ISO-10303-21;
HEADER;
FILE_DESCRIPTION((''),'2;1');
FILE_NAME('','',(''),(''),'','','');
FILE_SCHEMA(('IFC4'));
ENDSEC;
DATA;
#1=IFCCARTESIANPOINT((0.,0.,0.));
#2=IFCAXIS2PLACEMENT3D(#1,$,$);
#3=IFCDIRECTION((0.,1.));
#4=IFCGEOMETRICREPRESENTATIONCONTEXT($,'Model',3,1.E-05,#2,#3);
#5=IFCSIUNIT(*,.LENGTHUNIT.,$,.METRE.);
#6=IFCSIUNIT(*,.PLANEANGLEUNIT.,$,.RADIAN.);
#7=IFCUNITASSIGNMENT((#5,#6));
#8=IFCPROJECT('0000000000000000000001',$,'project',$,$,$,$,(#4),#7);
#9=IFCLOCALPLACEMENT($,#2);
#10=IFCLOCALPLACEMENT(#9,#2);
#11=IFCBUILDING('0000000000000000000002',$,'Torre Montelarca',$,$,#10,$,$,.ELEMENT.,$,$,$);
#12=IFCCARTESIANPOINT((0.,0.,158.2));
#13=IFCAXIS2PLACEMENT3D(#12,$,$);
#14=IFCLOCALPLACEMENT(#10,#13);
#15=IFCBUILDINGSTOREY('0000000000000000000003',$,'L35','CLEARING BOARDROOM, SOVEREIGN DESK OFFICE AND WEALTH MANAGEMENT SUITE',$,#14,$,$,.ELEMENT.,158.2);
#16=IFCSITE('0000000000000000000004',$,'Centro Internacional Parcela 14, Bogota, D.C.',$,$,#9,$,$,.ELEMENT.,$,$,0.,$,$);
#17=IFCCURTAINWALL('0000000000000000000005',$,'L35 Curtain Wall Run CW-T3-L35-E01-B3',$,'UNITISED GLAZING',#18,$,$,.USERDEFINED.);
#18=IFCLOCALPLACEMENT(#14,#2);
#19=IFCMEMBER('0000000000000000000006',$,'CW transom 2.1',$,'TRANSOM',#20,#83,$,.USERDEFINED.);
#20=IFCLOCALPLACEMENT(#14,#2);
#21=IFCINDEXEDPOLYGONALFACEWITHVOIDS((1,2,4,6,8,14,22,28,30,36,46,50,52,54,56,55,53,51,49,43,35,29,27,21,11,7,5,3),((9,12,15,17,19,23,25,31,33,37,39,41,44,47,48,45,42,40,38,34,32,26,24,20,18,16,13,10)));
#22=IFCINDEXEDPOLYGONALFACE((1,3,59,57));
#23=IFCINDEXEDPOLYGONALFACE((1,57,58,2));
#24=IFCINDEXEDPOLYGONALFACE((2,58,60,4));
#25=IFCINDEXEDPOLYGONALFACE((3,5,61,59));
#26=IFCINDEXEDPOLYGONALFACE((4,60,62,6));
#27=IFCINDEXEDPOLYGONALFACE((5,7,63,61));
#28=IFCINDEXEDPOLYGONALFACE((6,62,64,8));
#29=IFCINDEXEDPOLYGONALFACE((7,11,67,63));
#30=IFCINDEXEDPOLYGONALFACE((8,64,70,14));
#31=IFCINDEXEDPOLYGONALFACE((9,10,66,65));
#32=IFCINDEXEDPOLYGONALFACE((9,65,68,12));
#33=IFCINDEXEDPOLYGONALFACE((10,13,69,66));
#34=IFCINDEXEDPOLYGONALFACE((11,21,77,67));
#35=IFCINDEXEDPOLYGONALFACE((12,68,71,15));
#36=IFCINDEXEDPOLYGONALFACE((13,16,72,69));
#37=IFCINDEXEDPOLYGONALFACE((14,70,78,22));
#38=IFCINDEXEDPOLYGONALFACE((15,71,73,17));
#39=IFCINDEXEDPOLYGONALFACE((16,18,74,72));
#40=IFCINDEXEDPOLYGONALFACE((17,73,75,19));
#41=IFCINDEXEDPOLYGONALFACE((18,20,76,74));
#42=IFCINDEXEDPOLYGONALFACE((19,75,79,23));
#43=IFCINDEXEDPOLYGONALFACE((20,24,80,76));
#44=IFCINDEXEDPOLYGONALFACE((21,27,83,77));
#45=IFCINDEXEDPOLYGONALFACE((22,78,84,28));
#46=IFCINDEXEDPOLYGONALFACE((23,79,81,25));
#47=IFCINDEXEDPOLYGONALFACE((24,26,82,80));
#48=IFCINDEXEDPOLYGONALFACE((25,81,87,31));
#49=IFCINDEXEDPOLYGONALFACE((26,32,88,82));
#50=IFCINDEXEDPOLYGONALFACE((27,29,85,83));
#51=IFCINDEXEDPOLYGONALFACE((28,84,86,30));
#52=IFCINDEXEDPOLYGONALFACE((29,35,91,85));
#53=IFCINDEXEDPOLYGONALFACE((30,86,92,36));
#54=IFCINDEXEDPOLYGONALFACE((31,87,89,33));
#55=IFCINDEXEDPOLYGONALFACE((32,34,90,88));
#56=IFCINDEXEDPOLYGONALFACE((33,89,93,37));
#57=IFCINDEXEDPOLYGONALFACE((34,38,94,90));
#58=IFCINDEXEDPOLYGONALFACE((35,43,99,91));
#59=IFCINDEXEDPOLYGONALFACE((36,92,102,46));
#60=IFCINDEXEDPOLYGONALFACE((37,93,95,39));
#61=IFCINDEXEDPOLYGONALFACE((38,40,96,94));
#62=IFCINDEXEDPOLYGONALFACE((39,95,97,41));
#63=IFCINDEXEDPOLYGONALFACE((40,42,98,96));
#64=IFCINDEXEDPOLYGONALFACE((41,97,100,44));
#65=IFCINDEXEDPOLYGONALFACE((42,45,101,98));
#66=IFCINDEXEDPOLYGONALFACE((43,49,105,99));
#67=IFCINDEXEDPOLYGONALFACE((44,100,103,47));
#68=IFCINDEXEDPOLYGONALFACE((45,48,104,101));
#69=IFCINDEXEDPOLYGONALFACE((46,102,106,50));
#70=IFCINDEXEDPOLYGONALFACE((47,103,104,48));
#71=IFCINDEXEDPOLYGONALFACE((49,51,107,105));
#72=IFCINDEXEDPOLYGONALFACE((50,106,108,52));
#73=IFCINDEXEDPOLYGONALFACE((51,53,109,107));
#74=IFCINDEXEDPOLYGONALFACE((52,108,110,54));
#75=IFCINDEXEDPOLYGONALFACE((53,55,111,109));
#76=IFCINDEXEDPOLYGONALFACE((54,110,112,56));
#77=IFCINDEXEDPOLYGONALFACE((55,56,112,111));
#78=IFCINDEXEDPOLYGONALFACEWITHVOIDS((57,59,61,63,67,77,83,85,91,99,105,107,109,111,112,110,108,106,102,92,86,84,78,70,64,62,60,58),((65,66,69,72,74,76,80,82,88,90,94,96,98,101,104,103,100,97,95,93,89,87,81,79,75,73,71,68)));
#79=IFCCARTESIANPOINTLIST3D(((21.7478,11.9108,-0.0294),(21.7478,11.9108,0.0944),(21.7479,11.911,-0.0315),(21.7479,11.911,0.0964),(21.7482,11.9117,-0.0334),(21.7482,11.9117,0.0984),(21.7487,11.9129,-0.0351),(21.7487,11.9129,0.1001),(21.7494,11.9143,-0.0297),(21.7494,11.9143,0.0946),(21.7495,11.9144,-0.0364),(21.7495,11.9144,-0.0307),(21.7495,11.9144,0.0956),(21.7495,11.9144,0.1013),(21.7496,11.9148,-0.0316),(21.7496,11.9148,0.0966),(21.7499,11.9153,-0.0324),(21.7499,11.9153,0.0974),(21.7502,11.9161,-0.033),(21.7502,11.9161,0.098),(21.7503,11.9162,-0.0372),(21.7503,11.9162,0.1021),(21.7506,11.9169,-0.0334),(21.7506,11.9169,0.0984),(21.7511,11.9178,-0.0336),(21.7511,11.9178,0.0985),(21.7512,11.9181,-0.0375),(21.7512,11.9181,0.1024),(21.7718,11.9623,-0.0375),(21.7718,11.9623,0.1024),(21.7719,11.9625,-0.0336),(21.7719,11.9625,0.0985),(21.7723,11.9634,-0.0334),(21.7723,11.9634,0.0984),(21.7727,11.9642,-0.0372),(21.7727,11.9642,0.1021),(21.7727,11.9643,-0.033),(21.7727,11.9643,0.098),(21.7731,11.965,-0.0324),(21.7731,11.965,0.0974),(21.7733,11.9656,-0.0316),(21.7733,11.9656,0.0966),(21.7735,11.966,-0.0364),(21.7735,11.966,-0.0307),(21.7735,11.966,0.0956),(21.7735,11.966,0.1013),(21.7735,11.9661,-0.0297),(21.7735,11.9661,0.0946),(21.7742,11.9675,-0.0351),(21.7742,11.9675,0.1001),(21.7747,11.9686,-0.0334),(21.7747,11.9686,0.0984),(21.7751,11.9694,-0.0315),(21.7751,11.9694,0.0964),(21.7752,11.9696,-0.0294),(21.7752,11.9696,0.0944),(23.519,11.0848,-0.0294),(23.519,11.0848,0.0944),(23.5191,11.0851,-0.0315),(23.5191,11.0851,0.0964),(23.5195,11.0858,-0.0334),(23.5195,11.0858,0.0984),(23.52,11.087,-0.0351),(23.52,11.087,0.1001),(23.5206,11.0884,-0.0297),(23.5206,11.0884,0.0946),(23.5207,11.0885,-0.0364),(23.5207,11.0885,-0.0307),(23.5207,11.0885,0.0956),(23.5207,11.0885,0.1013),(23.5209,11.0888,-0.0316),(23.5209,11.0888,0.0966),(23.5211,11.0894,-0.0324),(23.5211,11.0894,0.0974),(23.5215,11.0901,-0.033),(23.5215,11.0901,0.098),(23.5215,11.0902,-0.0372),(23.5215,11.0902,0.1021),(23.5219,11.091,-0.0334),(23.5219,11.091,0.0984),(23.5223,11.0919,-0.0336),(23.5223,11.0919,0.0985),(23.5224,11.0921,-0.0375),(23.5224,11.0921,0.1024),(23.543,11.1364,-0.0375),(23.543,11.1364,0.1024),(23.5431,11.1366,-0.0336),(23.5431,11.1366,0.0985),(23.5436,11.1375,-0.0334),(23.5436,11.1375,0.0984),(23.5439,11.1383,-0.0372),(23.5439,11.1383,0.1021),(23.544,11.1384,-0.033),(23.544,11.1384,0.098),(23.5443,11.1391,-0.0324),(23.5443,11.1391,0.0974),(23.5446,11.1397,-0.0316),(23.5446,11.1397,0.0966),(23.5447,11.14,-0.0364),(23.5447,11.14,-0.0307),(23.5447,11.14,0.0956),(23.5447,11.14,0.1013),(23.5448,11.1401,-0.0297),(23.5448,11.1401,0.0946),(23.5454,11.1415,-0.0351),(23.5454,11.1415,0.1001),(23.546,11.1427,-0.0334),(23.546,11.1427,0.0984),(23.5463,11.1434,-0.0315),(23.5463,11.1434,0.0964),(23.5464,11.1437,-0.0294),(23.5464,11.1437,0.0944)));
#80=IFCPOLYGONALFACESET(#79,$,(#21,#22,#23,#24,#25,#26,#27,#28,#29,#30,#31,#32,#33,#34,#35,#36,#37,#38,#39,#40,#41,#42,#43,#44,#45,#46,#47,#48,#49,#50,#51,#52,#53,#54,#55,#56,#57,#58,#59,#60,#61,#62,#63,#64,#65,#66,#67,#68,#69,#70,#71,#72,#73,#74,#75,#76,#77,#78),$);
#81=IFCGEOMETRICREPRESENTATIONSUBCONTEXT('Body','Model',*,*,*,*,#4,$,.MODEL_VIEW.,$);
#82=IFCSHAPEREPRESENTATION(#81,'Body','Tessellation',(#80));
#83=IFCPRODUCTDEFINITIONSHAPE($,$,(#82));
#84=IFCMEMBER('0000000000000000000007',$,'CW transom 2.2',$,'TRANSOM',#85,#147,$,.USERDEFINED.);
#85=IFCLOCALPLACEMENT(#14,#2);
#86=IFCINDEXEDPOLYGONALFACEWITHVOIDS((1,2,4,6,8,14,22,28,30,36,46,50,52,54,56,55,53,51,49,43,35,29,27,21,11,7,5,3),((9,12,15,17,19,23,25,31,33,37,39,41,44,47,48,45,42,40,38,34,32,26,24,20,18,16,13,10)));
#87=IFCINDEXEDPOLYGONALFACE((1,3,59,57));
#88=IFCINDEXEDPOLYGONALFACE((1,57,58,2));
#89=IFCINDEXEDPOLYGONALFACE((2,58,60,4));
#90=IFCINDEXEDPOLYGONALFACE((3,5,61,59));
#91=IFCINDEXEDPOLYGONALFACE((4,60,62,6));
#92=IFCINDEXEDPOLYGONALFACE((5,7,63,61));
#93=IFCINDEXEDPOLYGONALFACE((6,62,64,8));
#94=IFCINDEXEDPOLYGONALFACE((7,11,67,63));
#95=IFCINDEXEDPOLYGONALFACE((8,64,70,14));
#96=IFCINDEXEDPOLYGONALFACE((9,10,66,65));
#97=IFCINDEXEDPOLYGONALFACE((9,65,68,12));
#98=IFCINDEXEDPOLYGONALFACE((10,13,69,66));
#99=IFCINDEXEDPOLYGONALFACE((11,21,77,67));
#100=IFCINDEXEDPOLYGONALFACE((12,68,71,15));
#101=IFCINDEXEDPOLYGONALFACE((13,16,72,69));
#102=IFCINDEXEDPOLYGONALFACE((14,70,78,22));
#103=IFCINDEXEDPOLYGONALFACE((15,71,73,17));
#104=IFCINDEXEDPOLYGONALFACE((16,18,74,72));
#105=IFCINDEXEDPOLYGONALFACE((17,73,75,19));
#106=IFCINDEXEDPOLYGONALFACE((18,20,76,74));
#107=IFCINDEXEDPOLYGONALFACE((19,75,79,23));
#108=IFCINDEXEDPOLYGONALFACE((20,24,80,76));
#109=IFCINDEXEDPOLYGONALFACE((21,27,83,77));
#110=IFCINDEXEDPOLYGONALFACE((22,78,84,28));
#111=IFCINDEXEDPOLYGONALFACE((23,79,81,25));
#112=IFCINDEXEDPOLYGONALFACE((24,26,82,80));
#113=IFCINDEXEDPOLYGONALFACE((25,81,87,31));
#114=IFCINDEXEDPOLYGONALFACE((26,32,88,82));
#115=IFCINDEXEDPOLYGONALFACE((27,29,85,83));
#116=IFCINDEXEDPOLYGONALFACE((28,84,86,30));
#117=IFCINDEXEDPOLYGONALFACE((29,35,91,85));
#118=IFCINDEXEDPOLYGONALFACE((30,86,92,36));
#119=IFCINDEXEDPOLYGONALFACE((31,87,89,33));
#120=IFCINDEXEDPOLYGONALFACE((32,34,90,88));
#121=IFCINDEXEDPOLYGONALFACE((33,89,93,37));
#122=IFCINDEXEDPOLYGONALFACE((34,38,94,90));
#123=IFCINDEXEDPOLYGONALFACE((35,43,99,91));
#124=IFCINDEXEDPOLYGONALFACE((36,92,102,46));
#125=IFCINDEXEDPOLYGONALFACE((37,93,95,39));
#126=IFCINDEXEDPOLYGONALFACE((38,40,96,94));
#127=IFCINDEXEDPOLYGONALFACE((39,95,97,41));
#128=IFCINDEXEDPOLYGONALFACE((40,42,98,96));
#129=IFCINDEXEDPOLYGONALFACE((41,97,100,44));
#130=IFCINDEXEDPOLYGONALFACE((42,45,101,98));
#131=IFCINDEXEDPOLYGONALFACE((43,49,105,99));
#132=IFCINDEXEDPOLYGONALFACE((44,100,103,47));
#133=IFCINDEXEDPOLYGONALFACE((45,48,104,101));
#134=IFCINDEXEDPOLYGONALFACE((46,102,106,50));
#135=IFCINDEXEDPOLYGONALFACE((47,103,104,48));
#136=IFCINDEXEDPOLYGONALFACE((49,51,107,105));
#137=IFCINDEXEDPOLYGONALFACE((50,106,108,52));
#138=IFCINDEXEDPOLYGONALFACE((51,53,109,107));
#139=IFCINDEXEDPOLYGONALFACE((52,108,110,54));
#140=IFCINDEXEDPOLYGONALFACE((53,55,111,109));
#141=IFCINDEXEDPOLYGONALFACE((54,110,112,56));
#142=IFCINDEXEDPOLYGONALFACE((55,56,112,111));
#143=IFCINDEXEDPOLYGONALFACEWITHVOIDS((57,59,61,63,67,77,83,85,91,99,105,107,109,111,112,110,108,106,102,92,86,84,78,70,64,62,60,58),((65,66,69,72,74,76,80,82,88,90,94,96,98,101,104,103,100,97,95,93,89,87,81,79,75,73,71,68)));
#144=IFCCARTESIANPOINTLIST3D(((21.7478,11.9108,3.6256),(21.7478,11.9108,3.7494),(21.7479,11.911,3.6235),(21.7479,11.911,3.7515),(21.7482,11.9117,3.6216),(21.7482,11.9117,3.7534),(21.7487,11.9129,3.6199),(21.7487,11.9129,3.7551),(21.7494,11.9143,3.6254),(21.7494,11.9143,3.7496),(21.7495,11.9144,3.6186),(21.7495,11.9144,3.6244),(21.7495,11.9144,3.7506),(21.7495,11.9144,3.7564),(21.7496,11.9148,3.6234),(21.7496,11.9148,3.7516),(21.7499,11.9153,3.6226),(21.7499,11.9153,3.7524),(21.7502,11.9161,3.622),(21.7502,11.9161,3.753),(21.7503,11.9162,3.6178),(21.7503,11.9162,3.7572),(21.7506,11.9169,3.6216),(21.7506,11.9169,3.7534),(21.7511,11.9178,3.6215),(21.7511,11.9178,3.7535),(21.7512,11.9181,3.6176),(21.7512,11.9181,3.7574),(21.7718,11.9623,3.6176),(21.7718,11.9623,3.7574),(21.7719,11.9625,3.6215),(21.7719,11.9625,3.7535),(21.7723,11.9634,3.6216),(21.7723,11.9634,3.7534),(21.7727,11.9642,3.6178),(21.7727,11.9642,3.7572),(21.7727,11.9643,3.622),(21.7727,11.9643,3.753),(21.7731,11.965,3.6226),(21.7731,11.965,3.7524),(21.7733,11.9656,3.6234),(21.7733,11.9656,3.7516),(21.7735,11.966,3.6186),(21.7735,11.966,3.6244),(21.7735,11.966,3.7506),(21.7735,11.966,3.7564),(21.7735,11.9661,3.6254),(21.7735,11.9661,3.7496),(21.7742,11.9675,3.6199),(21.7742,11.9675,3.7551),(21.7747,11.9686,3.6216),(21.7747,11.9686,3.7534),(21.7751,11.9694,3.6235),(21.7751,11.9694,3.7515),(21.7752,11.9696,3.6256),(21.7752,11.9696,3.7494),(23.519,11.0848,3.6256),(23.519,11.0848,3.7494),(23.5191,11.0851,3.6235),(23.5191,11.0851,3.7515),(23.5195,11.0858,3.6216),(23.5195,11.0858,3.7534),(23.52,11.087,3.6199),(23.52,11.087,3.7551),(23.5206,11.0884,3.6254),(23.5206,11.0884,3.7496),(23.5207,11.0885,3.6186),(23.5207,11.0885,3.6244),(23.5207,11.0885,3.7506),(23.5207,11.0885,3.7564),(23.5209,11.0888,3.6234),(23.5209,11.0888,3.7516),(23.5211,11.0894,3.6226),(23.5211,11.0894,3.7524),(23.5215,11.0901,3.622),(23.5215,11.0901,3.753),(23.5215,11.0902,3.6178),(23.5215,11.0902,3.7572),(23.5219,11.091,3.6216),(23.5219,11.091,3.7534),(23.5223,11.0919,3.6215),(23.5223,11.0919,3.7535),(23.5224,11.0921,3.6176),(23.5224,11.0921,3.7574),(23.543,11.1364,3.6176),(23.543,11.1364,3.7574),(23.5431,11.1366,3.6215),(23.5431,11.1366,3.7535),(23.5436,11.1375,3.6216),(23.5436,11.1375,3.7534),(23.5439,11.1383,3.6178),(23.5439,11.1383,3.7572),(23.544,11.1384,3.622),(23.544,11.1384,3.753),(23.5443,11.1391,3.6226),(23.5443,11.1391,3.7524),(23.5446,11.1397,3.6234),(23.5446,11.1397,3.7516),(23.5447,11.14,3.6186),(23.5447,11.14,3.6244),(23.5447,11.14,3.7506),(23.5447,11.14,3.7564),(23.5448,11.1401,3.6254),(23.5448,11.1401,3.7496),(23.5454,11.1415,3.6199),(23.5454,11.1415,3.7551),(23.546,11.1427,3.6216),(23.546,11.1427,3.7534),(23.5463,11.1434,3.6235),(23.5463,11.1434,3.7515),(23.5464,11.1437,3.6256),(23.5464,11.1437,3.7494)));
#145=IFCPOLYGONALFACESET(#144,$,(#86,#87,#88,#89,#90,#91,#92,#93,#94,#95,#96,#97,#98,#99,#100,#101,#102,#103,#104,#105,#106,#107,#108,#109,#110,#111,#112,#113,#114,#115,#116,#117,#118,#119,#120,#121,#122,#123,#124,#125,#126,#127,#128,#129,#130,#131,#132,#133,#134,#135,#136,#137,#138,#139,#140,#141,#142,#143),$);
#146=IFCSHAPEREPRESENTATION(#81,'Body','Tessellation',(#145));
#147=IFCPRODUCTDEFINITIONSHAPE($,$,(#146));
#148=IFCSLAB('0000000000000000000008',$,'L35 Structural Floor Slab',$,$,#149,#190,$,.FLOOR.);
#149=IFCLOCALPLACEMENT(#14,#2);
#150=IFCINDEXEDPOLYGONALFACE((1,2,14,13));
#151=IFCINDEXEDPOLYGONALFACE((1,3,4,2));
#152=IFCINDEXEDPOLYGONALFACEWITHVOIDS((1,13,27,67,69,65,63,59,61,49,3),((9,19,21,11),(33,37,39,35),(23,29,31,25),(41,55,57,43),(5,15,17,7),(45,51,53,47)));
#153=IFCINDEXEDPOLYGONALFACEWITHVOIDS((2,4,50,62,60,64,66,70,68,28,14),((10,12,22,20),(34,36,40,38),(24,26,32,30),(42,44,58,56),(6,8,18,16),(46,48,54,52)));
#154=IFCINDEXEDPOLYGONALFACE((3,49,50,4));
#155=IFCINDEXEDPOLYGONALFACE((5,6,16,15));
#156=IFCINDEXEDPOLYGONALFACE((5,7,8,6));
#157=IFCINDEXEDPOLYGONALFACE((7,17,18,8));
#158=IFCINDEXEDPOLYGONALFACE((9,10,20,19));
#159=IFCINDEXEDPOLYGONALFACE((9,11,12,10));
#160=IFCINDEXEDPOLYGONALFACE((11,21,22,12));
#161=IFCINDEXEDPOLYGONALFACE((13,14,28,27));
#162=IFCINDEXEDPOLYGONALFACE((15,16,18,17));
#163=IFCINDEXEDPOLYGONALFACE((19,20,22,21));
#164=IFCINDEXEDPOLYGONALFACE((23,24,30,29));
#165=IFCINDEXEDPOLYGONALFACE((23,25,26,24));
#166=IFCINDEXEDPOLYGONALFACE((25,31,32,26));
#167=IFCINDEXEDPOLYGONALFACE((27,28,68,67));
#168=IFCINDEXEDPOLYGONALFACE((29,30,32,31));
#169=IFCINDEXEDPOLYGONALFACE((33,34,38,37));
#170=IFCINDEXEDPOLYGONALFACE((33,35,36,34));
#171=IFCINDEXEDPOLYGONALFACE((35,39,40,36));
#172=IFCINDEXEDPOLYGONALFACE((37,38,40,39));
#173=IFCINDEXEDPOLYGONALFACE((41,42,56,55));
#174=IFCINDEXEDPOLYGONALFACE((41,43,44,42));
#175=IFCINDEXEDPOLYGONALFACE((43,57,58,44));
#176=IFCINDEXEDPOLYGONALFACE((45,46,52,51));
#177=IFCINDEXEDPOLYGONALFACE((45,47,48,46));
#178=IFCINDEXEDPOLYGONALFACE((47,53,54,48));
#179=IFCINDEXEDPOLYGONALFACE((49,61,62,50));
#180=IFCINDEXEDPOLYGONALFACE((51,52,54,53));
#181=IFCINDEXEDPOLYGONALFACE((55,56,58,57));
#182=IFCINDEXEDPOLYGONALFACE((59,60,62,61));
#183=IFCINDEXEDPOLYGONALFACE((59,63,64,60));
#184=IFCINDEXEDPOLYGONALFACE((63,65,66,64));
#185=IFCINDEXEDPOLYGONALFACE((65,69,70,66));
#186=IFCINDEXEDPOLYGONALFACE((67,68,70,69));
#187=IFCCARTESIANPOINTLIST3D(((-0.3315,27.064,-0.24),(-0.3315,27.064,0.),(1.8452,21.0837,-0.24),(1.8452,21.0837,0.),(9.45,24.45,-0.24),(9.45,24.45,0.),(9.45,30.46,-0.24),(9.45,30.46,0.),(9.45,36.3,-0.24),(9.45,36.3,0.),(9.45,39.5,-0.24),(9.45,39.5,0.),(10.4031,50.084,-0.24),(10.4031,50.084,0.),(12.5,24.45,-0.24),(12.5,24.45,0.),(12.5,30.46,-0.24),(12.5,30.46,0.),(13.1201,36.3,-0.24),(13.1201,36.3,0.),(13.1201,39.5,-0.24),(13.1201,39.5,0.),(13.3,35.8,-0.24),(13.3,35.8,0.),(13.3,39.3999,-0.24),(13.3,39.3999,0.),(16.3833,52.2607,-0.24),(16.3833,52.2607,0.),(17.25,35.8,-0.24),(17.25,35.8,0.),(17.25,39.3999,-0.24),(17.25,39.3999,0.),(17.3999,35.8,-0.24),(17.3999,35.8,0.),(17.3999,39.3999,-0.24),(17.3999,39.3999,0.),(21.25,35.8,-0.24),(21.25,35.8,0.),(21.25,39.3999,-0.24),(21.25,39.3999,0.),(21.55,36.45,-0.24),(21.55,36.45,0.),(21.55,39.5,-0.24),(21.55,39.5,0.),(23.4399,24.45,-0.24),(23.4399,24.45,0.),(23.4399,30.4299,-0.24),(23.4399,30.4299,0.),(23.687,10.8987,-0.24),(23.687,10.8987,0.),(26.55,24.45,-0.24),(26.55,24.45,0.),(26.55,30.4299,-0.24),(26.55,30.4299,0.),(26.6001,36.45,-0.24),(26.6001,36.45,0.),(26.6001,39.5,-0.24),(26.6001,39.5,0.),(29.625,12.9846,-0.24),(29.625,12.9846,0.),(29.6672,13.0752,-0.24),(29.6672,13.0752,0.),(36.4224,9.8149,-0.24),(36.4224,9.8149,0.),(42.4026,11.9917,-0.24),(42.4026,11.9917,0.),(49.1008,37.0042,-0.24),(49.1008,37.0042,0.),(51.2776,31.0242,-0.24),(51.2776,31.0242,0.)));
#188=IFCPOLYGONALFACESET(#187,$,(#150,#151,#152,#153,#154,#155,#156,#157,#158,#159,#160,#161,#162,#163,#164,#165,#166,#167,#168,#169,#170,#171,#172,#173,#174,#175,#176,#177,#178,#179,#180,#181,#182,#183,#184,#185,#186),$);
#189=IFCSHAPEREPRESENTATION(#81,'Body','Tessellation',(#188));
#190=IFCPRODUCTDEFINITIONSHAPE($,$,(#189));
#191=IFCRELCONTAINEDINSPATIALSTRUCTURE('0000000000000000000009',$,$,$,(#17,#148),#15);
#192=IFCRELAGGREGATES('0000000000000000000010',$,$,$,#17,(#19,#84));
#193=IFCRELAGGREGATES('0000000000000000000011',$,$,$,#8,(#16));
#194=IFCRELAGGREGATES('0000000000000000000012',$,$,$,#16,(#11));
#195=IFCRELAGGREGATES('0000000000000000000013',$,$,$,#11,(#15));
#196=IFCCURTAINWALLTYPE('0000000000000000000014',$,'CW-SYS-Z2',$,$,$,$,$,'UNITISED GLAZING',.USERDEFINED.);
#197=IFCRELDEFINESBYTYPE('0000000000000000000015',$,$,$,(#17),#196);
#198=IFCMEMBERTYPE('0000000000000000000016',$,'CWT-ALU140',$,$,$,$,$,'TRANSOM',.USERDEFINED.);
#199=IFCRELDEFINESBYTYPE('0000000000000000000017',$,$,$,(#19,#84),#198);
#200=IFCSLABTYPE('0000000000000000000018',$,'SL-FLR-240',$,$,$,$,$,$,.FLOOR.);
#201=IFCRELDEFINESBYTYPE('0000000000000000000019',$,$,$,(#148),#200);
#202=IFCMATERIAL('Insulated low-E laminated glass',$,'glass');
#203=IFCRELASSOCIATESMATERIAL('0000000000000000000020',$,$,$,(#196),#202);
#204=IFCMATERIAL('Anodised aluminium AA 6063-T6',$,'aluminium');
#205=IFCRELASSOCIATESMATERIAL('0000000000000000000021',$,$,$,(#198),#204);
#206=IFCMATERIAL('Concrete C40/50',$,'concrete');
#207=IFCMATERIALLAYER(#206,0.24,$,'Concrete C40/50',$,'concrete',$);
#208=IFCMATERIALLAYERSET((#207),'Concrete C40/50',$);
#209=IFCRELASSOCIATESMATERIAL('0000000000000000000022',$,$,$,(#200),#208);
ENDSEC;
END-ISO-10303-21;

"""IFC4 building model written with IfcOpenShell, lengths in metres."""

from ifc_helpers import new_model, si_unit, direction, frame, origin, origin_2d, place, context, subcontext, project, spatial, polyline, hollow_rectangle, outline, extrude, source, transform, mapped, material, layer, layer_set, material_profile, profile_set, type_object, element, aggregate, save


model = new_model("IFC4")

# Units and contexts
model_context = context("Model", 3, precision=1e-05, world=origin(), true_north=direction((0.0, 1.0)))
body_context = subcontext(model_context, "Body", "Model", "MODEL_VIEW")
ifc_project = project(units=[si_unit("LENGTHUNIT", "METRE"), si_unit("PLANEANGLEUNIT", "RADIAN")], contexts=[model_context])

# Site, building, storey
site_placement = place(None, origin())
site = spatial("IfcSite", under=ifc_project, at=site_placement, Name="Centro Internacional Parcela 14, Bogota, D.C.", CompositionType="ELEMENT", RefElevation=0.0)
building_placement = place(site_placement, origin())
building = spatial("IfcBuilding", under=site, at=building_placement, Name="Torre Montelarca", CompositionType="ELEMENT")
storey_placement = place(building_placement, frame((0.0, 0.0, 158.2)))
storey = spatial("IfcBuildingStorey", under=building, at=storey_placement, Name="L35", Description="CLEARING BOARDROOM, SOVEREIGN DESK OFFICE AND WEALTH MANAGEMENT SUITE", CompositionType="ELEMENT", Elevation=158.2)

# Shared definitions
ifc_material_1 = material(Name="Insulated low-E laminated glass", Category="glass")
curtain_wall_type = type_object("IfcCurtainWallType", Name="CW-SYS-Z2", ElementType="UNITISED GLAZING", PredefinedType="USERDEFINED", material=ifc_material_1)
ifc_material_2 = material(Name="Anodised aluminium AA 6063-T6", Category="aluminium")

# Curtain wall
curtain_wall_1_placement = place(storey_placement, origin())
curtain_wall_1 = element("IfcCurtainWall", 1, at=curtain_wall_1_placement, inside=storey, type_object=curtain_wall_type, Name="L35 Curtain Wall Run CW-T3-L35-E01-B3", ObjectType="UNITISED GLAZING", PredefinedType="USERDEFINED")

# Members
ifc_material_profile_1 = material_profile(ifc_material_2, hollow_rectangle(XDim=0.0649, YDim=0.1399, WallThickness=0.0039, InnerFilletRadius=0.0039, OuterFilletRadius=0.0081, at=origin_2d()), Name="ALU65X140X4", Category="aluminium")
ifc_profile_set_1 = profile_set([ifc_material_profile_1], Name="Anodised aluminium AA 6063-T6")
member_type_1 = type_object("IfcMemberType", Name="CWT-ALU140", ElementType="TRANSOM", PredefinedType="USERDEFINED", material=ifc_profile_set_1)
shared_shape_1 = source(origin(), body_context, "Body", "SweptSolid", [
    extrude(hollow_rectangle(XDim=0.0649, YDim=0.1399, WallThickness=0.0039, InnerFilletRadius=0.0039, OuterFilletRadius=0.0081, at=origin_2d()), origin(), (0.0, 0.0, 1.0), 1.9543),
])
member_1_placement = place(storey_placement, frame((21.7615, 11.9402, 0.0325), z_axis=(0.906311, -0.422612, 0.0), x_axis=(0.422612, 0.906311, 0.0)))
member_1 = element("IfcMember", 2, at=member_1_placement, type_object=member_type_1, Name="CW transom 2.1", ObjectType="TRANSOM", PredefinedType="USERDEFINED", context=body_context, shape_type="MappedRepresentation", body=[
    mapped(shared_shape_1, transform((0.0, 0.0, 0.0), scale=1.0)),
])
member_2_placement = place(storey_placement, frame((21.7615, 11.9402, 3.6875), z_axis=(0.906311, -0.422612, 0.0), x_axis=(0.422612, 0.906311, 0.0)))
member_2 = element("IfcMember", 3, at=member_2_placement, type_object=member_type_1, Name="CW transom 2.2", ObjectType="TRANSOM", PredefinedType="USERDEFINED", context=body_context, shape_type="MappedRepresentation", body=[
    mapped(shared_shape_1, transform((0.0, 0.0, 0.0), scale=1.0)),
])

# Slab
ifc_material_3 = material(Name="Concrete C40/50", Category="concrete")
ifc_layer_1 = layer(ifc_material_3, 0.24, Name="Concrete C40/50", Category="concrete")
ifc_layer_set_1 = layer_set([ifc_layer_1], Name="Concrete C40/50")
slab_type_1 = type_object("IfcSlabType", Name="SL-FLR-240", PredefinedType="FLOOR", material=ifc_layer_set_1)
slab_1_placement = place(storey_placement, frame((0.0, 0.0, -0.24)))
element("IfcSlab", 4, at=slab_1_placement, inside=storey, type_object=slab_type_1, Name="L35 Structural Floor Slab", PredefinedType="FLOOR", context=body_context, shape_type="SweptSolid", body=[
    extrude(outline(polyline([(23.687, 10.8987), (29.6672, 13.0752), (29.625, 12.9846), (36.4224, 9.8149), (42.4026, 11.9917), (51.2776, 31.0242), (49.1008, 37.0042), (16.3833, 52.2607), (10.4031, 50.084), (-0.3315, 27.064), (1.8452, 21.0837), (23.687, 10.8987)]), holes=[polyline([(26.55, 24.45), (23.4399, 24.45), (23.4399, 30.4299), (26.55, 30.4299), (26.55, 24.45)]), polyline([(9.45, 24.45), (9.45, 30.46), (12.5, 30.46), (12.5, 24.45), (9.45, 24.45)]), polyline([(17.25, 35.8), (13.3, 35.8), (13.3, 39.3999), (17.25, 39.3999), (17.25, 35.8)]), polyline([(21.25, 39.3999), (21.25, 35.8), (17.3999, 35.8), (17.3999, 39.3999), (21.25, 39.3999)]), polyline([(13.1201, 36.3), (9.45, 36.3), (9.45, 39.5), (13.1201, 39.5), (13.1201, 36.3)]), polyline([(26.6001, 36.45), (21.55, 36.45), (21.55, 39.5), (26.6001, 39.5), (26.6001, 36.45)])]), origin(), (0.0, 0.0, 1.0), 0.24),
])

aggregate(curtain_wall_1, [member_1, member_2])

save(model, "model.ifc")
